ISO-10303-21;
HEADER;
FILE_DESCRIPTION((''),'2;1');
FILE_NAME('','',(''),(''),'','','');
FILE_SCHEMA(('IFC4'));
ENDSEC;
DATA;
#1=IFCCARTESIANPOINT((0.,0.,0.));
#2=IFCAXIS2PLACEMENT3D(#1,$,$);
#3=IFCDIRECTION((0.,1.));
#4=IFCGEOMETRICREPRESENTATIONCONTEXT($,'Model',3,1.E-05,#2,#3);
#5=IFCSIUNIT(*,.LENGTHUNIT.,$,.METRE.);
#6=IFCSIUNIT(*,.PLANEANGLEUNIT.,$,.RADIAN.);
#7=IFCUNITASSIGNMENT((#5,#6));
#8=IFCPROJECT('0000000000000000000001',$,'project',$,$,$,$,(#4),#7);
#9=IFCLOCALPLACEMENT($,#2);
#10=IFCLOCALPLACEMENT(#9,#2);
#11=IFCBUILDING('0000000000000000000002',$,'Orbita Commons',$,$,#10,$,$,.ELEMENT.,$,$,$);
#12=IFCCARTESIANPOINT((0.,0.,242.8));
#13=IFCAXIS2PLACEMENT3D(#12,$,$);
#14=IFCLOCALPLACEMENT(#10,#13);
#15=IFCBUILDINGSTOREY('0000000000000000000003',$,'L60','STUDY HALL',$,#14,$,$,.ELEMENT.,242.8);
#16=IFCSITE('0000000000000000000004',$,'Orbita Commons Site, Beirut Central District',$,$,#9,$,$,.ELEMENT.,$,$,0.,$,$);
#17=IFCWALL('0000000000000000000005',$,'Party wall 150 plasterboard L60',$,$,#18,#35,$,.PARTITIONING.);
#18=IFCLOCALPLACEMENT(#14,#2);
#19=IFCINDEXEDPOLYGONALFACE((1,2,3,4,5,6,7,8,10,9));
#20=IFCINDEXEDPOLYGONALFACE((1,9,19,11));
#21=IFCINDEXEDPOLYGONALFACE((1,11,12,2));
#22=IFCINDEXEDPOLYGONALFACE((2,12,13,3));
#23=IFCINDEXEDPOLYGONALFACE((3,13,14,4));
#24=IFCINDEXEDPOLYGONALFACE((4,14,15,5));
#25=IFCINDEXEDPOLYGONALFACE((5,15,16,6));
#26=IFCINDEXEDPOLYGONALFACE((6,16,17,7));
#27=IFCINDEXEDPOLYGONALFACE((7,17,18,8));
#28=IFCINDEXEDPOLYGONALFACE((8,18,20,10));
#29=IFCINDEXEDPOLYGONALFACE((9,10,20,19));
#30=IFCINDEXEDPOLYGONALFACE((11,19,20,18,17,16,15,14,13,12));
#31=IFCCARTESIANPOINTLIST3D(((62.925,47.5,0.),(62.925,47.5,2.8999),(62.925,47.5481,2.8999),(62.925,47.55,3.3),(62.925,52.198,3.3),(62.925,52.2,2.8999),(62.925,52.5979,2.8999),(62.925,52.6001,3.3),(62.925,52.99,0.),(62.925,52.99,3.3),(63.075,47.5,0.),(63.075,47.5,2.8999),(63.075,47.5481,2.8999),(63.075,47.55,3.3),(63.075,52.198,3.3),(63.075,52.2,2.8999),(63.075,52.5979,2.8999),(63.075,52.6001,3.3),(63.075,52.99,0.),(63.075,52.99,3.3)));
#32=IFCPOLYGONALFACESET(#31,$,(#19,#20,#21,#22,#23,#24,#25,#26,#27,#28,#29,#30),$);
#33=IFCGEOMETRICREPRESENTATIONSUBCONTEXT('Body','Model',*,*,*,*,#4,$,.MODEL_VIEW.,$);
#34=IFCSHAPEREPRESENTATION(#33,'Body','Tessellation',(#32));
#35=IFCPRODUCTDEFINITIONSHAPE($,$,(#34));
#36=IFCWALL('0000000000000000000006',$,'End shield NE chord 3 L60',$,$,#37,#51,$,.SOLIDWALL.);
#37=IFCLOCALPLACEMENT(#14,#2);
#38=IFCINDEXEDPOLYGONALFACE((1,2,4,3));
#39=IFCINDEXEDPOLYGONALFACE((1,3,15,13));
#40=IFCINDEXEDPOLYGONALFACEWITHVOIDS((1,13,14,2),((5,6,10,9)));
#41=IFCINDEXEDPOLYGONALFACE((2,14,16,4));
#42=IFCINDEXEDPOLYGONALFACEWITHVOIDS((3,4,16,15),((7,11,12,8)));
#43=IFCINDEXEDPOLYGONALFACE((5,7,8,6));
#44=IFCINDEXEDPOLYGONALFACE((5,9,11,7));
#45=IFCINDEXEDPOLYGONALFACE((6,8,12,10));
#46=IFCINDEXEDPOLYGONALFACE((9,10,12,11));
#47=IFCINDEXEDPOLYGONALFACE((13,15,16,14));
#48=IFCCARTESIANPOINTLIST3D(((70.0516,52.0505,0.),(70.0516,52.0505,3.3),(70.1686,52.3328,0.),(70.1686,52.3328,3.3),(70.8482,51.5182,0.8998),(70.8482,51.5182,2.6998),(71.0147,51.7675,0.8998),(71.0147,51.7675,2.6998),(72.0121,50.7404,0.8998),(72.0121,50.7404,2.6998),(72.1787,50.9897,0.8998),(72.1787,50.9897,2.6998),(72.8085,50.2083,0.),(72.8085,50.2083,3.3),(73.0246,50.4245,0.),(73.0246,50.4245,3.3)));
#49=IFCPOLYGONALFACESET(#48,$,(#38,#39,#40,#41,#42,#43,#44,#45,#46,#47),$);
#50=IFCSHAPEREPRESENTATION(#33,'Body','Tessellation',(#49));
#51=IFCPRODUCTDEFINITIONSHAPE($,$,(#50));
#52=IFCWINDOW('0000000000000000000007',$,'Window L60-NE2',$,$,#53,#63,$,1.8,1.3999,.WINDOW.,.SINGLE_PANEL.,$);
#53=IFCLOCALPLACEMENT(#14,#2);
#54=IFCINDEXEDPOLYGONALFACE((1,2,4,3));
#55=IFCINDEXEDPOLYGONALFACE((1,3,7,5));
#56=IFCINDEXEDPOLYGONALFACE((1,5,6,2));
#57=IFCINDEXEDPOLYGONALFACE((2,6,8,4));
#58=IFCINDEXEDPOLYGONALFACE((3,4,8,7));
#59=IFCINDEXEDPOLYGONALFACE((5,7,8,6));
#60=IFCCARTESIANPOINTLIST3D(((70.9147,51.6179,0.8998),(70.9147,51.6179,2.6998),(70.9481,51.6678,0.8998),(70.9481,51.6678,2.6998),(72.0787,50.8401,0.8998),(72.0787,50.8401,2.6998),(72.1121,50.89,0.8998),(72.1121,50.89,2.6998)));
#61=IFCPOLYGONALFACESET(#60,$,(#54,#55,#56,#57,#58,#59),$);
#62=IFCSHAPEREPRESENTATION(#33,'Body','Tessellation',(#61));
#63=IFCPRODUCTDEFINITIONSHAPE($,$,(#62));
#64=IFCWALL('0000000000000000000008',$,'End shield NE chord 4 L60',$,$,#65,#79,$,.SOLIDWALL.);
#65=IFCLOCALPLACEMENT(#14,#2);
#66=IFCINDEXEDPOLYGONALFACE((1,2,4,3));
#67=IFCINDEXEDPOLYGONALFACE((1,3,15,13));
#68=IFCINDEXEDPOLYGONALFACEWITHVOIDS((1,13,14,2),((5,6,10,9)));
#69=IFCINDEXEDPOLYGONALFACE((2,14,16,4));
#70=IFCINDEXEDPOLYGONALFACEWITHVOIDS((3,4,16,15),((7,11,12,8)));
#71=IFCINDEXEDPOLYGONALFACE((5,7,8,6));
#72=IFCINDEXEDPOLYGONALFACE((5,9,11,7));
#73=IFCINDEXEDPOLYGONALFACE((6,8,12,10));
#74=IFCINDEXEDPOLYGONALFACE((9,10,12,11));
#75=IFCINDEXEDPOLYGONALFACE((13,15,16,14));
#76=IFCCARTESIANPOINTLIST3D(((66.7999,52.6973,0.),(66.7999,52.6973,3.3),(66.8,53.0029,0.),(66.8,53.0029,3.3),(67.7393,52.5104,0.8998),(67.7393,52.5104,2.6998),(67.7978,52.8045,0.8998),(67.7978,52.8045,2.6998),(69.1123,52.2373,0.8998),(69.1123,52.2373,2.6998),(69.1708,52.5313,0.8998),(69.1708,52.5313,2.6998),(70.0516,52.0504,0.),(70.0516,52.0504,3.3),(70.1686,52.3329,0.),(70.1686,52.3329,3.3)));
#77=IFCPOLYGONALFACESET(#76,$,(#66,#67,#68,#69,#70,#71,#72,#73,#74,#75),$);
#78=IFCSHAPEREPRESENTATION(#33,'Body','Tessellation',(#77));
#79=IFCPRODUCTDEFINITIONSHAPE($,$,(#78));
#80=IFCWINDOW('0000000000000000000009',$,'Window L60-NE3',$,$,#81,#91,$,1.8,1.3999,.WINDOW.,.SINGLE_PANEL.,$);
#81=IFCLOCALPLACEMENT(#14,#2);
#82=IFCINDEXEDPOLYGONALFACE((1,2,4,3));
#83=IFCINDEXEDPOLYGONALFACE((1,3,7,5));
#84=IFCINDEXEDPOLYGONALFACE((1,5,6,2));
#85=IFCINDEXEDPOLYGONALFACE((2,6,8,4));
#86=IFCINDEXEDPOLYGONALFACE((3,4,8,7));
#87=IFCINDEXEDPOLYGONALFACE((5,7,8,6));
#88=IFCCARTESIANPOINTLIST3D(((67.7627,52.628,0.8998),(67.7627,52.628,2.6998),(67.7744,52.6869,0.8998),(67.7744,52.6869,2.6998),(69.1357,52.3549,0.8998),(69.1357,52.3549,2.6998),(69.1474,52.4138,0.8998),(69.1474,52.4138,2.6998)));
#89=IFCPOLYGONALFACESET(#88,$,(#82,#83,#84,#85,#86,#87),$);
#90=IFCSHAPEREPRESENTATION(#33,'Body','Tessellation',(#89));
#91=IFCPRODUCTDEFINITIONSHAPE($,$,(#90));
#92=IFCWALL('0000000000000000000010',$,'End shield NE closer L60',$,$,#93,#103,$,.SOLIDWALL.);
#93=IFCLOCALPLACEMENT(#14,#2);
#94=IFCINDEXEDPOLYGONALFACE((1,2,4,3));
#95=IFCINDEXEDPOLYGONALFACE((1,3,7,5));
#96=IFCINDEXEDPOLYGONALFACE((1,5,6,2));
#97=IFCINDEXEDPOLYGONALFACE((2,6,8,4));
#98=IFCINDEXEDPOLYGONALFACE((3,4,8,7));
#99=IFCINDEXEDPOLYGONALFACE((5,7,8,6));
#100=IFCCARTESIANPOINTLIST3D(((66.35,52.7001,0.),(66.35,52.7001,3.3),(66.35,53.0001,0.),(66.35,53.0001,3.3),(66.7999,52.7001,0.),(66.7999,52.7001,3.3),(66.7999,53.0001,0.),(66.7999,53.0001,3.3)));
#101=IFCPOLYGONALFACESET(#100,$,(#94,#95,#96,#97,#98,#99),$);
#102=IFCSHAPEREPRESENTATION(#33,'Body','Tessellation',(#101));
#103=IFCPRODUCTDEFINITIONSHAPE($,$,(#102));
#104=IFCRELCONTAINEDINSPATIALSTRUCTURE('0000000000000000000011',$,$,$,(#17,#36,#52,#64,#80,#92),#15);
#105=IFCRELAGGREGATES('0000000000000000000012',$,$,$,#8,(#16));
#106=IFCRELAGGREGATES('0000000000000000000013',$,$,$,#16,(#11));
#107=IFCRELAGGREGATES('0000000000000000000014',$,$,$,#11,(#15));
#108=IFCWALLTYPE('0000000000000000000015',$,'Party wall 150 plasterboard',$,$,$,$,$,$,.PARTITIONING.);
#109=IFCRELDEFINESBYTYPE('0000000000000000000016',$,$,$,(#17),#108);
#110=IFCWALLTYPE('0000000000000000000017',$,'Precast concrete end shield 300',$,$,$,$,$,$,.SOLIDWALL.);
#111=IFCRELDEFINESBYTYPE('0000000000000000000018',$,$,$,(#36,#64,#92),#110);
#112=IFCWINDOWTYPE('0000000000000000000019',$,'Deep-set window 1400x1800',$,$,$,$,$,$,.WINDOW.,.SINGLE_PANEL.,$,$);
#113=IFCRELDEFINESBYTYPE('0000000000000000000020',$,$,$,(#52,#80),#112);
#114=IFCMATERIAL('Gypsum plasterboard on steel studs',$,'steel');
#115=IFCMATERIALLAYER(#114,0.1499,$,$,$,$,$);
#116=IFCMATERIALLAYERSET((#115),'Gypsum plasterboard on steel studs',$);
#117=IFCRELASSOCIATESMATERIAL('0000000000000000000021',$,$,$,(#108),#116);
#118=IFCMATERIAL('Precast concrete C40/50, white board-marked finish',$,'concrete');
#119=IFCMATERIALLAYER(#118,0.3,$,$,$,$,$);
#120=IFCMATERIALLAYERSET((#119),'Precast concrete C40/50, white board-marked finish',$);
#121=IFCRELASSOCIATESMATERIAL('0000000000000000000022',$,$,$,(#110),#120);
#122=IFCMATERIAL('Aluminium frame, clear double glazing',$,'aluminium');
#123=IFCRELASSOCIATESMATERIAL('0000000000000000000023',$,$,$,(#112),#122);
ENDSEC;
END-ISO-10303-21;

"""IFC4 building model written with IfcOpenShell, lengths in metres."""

from ifc_helpers import new_model, si_unit, direction, frame, frame_2d, origin, place, context, subcontext, project, spatial, polyline, rectangle, outline, extrude, material, layer, layer_set, type_object, element, fill, save


model = new_model("IFC4")

# Units and contexts
model_context = context("Model", 3, precision=1e-05, world=origin(), true_north=direction((0.0, 1.0)))
body_context = subcontext(model_context, "Body", "Model", "MODEL_VIEW")
ifc_project = project(units=[si_unit("LENGTHUNIT", "METRE"), si_unit("PLANEANGLEUNIT", "RADIAN")], contexts=[model_context])

# Site, building, storey
site_placement = place(None, origin())
site = spatial("IfcSite", under=ifc_project, at=site_placement, Name="Orbita Commons Site, Beirut Central District", CompositionType="ELEMENT", RefElevation=0.0)
building_placement = place(site_placement, origin())
building = spatial("IfcBuilding", under=site, at=building_placement, Name="Orbita Commons", CompositionType="ELEMENT")
storey_placement = place(building_placement, frame((0.0, 0.0, 242.8)))
storey = spatial("IfcBuildingStorey", under=building, at=storey_placement, Name="L60", Description="STUDY HALL", CompositionType="ELEMENT", Elevation=242.8)

# Wall
ifc_material_1 = material(Name="Gypsum plasterboard on steel studs", Category="steel")
ifc_layer_1 = layer(ifc_material_1, 0.1499)
ifc_layer_set_1 = layer_set([ifc_layer_1], Name="Gypsum plasterboard on steel studs")
wall_type_1 = type_object("IfcWallType", Name="Party wall 150 plasterboard", PredefinedType="PARTITIONING", material=ifc_layer_set_1)
for number, where, z_axis, x_axis, name in (
    (1, (63.0, 52.99, 0.0), (0.0, 0.0, 1.0), (0.0, -1.0, 0.0), "Party wall 150 plasterboard L60"),
):
    element("IfcWall", number, at=place(storey_placement, frame(where, z_axis=z_axis, x_axis=x_axis)), inside=storey, type_object=wall_type_1, Name=name, PredefinedType="PARTITIONING", context=body_context, shape_type="SweptSolid", body=[
        extrude(outline(polyline([(0.0, 0.0), (5.49, 0.0), (5.49, 2.8999), (5.4419, 2.8999), (5.4399, 3.3), (0.792, 3.3), (0.79, 2.8999), (0.3921, 2.8999), (0.3899, 3.3), (0.0, 3.3), (0.0, 0.0)])), frame((0.0, 0.075, 0.0), z_axis=(0.0, -1.0, 0.0), x_axis=(1.0, 0.0, 0.0)), (0.0, 0.0, 1.0), 0.1499),
    ])

# Walls, openings, windows
ifc_material_2 = material(Name="Precast concrete C40/50, white board-marked finish", Category="concrete")
ifc_layer_2 = layer(ifc_material_2, 0.3)
ifc_layer_set_2 = layer_set([ifc_layer_2], Name="Precast concrete C40/50, white board-marked finish")
wall_type_2 = type_object("IfcWallType", Name="Precast concrete end shield 300", PredefinedType="SOLIDWALL", material=ifc_layer_set_2)
wall_1_placement = place(storey_placement, frame((72.9165, 50.3164, 0.0), z_axis=(0.0, 0.0, 1.0), x_axis=(-0.83146, 0.555585, 0.0)))
wall_1 = element("IfcWall", 2, at=wall_1_placement, inside=storey, type_object=wall_type_2, Name="End shield NE chord 3 L60", PredefinedType="SOLIDWALL", context=body_context, shape_type="SweptSolid", body=[
    extrude(outline(polyline([(-0.0298, -0.1499), (3.405, -0.1499), (3.3455, 0.1499), (0.0298, 0.1499), (-0.0298, -0.1499)])), origin(), (0.0, 0.0, 1.0), 3.3),
])
opening_1_placement = place(wall_1_placement, frame((0.9875, 0.0, 0.8999)))
opening_1 = element("IfcOpeningElement", 3, at=opening_1_placement, cuts=wall_1, PredefinedType="OPENING", context=body_context, shape_type="SweptSolid", body=[
    extrude(rectangle(XDim=1.3999, YDim=1.8, at=frame_2d((0.7, 0.8999))), frame((0.0, 0.1599, 0.0), z_axis=(0.0, -1.0, 0.0), x_axis=(1.0, 0.0, 0.0)), (0.0, 0.0, 1.0), 0.3201),
])
ifc_material_3 = material(Name="Aluminium frame, clear double glazing", Category="aluminium")
window_type = type_object("IfcWindowType", Name="Deep-set window 1400x1800", PartitioningType="SINGLE_PANEL", PredefinedType="WINDOW", material=ifc_material_3)
window_1_placement = place(opening_1_placement, origin())
window_1 = element("IfcWindow", 4, at=window_1_placement, inside=storey, type_object=window_type, Name="Window L60-NE2", OverallHeight=1.8, OverallWidth=1.3999, PartitioningType="SINGLE_PANEL", PredefinedType="WINDOW", context=body_context, shape_type="SweptSolid", body=[
    extrude(rectangle(XDim=1.3999, YDim=1.8, at=frame_2d((0.7, 0.8999))), frame((0.0, 0.03, 0.0), z_axis=(0.0, -1.0, 0.0), x_axis=(1.0, 0.0, 0.0)), (0.0, 0.0, 1.0), 0.0601),
])
fill(opening_1, window_1)
wall_2_placement = place(storey_placement, frame((70.1101, 52.1917, 0.0), z_axis=(0.0, 0.0, 1.0), x_axis=(-0.980783, 0.1951, 0.0)))
wall_2 = element("IfcWall", 5, at=wall_2_placement, inside=storey, type_object=wall_type_2, Name="End shield NE chord 4 L60", PredefinedType="SOLIDWALL", context=body_context, shape_type="SweptSolid", body=[
    extrude(outline(polyline([(-0.0298, -0.1499), (3.4048, -0.1499), (3.3452, 0.1499), (0.0298, 0.1499), (-0.0298, -0.1499)])), origin(), (0.0, 0.0, 1.0), 3.3),
])
opening_2_placement = place(wall_2_placement, frame((0.9875, 0.0, 0.8999)))
opening_2 = element("IfcOpeningElement", 6, at=opening_2_placement, cuts=wall_2, PredefinedType="OPENING", context=body_context, shape_type="SweptSolid", body=[
    extrude(rectangle(XDim=1.3999, YDim=1.8, at=frame_2d((0.7, 0.8999))), frame((0.0, 0.1599, 0.0), z_axis=(0.0, -1.0, 0.0), x_axis=(1.0, 0.0, 0.0)), (0.0, 0.0, 1.0), 0.3201),
])
window_2_placement = place(opening_2_placement, origin())
window_2 = element("IfcWindow", 7, at=window_2_placement, inside=storey, type_object=window_type, Name="Window L60-NE3", OverallHeight=1.8, OverallWidth=1.3999, PartitioningType="SINGLE_PANEL", PredefinedType="WINDOW", context=body_context, shape_type="SweptSolid", body=[
    extrude(rectangle(XDim=1.3999, YDim=1.8, at=frame_2d((0.7, 0.8999))), frame((0.0, 0.03, 0.0), z_axis=(0.0, -1.0, 0.0), x_axis=(1.0, 0.0, 0.0)), (0.0, 0.0, 1.0), 0.0601),
])
fill(opening_2, window_2)

# Wall
wall_3_placement = place(storey_placement, frame((66.8, 52.8501, 0.0), z_axis=(0.0, 0.0, 1.0), x_axis=(-1.0, 0.0, 0.0)))
element("IfcWall", 8, at=wall_3_placement, inside=storey, type_object=wall_type_2, Name="End shield NE closer L60", PredefinedType="SOLIDWALL", context=body_context, shape_type="SweptSolid", body=[
    extrude(rectangle(XDim=0.45, YDim=0.3, at=frame_2d((0.2251, 0.0))), origin(), (0.0, 0.0, 1.0), 3.3),
])

save(model, "model.ifc")
